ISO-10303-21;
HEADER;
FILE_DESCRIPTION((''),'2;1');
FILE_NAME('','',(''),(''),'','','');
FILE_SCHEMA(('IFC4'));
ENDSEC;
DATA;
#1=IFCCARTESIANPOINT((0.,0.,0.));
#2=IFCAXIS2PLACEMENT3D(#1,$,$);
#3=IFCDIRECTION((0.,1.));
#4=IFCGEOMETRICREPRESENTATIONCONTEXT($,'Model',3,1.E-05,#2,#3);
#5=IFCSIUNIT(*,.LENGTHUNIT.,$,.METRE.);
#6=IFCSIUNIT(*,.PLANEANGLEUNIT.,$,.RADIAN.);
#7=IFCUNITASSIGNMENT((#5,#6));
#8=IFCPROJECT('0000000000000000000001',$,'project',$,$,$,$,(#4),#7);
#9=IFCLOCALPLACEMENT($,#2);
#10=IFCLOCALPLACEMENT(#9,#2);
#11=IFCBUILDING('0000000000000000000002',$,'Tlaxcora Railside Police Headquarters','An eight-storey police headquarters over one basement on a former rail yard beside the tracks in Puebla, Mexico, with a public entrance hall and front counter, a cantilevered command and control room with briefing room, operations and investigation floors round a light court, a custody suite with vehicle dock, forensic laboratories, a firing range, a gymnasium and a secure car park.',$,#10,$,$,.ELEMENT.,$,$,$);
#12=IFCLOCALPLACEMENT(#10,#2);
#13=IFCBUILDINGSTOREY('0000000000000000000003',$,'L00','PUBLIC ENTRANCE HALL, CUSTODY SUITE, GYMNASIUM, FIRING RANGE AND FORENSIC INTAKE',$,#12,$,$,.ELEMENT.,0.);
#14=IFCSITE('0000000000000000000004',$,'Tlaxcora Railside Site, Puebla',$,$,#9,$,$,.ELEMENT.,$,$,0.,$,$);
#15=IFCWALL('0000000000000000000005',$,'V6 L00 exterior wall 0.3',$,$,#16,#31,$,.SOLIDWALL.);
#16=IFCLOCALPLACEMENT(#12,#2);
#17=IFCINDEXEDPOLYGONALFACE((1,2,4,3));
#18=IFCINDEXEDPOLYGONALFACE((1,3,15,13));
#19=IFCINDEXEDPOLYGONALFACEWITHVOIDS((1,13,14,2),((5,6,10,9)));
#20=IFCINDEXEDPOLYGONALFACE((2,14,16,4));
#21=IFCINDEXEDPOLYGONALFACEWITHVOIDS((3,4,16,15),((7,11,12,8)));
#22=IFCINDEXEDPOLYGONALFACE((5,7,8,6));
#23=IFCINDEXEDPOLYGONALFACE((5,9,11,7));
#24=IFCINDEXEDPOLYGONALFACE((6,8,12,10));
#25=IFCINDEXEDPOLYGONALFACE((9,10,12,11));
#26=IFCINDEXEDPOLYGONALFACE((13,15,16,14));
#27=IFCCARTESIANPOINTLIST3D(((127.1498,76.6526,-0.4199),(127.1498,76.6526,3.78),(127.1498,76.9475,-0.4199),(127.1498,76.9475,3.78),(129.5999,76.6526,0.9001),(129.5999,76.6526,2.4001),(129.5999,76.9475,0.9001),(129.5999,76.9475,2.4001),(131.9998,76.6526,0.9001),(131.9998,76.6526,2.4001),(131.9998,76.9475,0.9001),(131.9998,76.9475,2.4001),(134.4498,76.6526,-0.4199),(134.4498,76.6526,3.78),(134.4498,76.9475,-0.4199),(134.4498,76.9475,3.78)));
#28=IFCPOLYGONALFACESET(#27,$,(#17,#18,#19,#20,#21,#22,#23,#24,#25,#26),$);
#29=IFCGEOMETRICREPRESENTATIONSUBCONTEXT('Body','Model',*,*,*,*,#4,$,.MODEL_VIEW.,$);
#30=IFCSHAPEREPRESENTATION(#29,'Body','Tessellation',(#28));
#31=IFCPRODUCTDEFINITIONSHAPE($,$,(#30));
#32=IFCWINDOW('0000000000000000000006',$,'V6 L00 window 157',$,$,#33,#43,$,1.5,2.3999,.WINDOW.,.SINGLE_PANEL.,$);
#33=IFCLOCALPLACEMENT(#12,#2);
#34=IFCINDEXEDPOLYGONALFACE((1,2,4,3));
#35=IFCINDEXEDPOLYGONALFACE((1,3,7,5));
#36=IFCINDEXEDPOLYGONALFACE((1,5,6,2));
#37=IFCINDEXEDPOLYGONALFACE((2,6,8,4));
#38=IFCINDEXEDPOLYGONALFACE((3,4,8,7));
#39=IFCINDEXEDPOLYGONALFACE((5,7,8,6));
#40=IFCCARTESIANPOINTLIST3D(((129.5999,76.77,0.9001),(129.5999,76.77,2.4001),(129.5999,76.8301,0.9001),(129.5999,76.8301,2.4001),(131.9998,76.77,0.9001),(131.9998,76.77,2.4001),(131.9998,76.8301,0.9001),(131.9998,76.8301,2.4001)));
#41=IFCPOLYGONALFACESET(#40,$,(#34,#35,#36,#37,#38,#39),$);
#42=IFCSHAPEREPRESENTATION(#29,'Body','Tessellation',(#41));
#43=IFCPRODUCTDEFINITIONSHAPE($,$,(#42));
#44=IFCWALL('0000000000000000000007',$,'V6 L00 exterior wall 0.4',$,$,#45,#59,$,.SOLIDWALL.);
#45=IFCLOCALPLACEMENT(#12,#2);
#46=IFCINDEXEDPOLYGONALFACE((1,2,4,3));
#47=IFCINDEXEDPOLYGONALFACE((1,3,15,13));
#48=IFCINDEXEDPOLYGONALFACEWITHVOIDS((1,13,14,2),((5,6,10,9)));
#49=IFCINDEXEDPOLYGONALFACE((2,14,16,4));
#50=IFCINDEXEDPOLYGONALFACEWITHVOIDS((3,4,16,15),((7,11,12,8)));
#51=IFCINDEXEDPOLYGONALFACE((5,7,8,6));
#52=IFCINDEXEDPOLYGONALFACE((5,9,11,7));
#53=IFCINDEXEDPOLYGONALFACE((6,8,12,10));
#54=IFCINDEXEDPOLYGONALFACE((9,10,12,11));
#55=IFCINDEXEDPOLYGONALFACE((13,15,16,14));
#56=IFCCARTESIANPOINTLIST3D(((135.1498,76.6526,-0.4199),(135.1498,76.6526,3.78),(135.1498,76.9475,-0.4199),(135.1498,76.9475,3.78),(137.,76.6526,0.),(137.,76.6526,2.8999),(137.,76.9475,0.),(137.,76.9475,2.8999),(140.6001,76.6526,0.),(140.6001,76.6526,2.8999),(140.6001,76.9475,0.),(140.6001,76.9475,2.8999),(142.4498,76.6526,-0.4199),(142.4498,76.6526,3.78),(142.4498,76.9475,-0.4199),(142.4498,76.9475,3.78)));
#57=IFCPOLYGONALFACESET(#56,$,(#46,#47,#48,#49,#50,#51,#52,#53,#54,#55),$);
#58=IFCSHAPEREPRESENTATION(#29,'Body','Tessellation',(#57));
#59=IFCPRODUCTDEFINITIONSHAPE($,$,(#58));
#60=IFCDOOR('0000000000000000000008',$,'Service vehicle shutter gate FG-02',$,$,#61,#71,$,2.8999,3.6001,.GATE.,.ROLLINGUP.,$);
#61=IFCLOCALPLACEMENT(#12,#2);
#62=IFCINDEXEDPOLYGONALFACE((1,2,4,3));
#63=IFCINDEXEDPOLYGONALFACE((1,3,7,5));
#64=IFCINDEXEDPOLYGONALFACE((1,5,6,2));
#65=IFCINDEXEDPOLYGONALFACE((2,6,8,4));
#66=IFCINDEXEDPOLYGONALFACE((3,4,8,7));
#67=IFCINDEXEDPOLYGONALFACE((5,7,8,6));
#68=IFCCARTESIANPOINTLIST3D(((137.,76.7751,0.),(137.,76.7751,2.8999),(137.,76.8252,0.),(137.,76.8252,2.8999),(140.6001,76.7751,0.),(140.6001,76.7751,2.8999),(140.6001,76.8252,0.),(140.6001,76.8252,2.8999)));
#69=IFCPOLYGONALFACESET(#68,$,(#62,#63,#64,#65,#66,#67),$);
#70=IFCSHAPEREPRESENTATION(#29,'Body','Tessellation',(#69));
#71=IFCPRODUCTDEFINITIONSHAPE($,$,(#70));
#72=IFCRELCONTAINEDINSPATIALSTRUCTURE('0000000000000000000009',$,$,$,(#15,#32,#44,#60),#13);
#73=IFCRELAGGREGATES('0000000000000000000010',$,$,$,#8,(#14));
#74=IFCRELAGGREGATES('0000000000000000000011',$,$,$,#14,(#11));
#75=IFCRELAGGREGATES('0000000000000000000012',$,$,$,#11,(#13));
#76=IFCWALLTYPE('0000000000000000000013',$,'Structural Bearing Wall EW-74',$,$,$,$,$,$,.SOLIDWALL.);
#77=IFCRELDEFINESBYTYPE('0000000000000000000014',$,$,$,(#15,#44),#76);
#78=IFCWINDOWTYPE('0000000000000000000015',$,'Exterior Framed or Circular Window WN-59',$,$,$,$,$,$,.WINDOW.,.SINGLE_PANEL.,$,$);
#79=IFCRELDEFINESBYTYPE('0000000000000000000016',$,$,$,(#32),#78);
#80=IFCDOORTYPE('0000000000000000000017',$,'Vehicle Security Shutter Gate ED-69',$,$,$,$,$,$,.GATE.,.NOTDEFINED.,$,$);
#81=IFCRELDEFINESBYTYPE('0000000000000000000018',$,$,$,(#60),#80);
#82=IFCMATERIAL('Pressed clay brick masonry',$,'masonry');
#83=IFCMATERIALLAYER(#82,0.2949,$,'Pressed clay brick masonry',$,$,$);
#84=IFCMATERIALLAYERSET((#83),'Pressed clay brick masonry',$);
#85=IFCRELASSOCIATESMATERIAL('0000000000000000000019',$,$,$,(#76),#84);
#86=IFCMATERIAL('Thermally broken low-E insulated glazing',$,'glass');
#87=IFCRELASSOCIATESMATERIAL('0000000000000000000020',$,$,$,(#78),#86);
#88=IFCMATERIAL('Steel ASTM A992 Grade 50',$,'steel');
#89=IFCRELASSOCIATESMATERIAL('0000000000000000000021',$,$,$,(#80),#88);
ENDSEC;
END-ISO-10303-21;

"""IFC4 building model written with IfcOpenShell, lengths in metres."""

from ifc_helpers import new_model, si_unit, direction, frame, frame_2d, origin, place, context, subcontext, project, spatial, rectangle, extrude, material, layer, layer_set, type_object, element, fill, save


model = new_model("IFC4")

# Units and contexts
model_context = context("Model", 3, precision=1e-05, world=origin(), true_north=direction((0.0, 1.0)))
body_context = subcontext(model_context, "Body", "Model", "MODEL_VIEW")
ifc_project = project(units=[si_unit("LENGTHUNIT", "METRE"), si_unit("PLANEANGLEUNIT", "RADIAN")], contexts=[model_context])

# Site, building, storey
site_placement = place(None, origin())
site = spatial("IfcSite", under=ifc_project, at=site_placement, Name="Tlaxcora Railside Site, Puebla", CompositionType="ELEMENT", RefElevation=0.0)
building_placement = place(site_placement, origin())
building = spatial("IfcBuilding", under=site, at=building_placement, Name="Tlaxcora Railside Police Headquarters", Description="An eight-storey police headquarters over one basement on a former rail yard beside the tracks in Puebla, Mexico, with a public entrance hall and front counter, a cantilevered command and control room with briefing room, operations and investigation floors round a light court, a custody suite with vehicle dock, forensic laboratories, a firing range, a gymnasium and a secure car park.", CompositionType="ELEMENT")
storey_placement = place(building_placement, origin())
storey = spatial("IfcBuildingStorey", under=building, at=storey_placement, Name="L00", Description="PUBLIC ENTRANCE HALL, CUSTODY SUITE, GYMNASIUM, FIRING RANGE AND FORENSIC INTAKE", CompositionType="ELEMENT", Elevation=0.0)

# Shared definitions
ifc_material_1 = material(Name="Steel ASTM A992 Grade 50", Category="steel")

# Shared definitions
ifc_material_2 = material(Name="Pressed clay brick masonry", Category="masonry")
ifc_layer_1 = layer(ifc_material_2, 0.2949, Name="Pressed clay brick masonry")
ifc_layer_set_1 = layer_set([ifc_layer_1], Name="Pressed clay brick masonry")
wall_type_1 = type_object("IfcWallType", Name="Structural Bearing Wall EW-74", PredefinedType="SOLIDWALL", material=ifc_layer_set_1)

# Wall, opening, window
wall_1_placement = place(storey_placement, frame((127.1499, 76.8, -0.4199), z_axis=(0.0, 0.0, 1.0), x_axis=(1.0, 0.0, 0.0)))
wall_1 = element("IfcWall", 1, at=wall_1_placement, inside=storey, type_object=wall_type_1, Name="V6 L00 exterior wall 0.3", PredefinedType="SOLIDWALL", context=body_context, shape_type="SweptSolid", body=[
    extrude(rectangle(XDim=7.3, YDim=0.2949, at=frame_2d((3.6499, 0.0))), origin(), (0.0, 0.0, 1.0), 4.2),
])
opening_1_placement = place(wall_1_placement, frame((2.45, 0.0, 1.3201)))
opening_1 = element("IfcOpeningElement", 2, at=opening_1_placement, cuts=wall_1, PredefinedType="OPENING", context=body_context, shape_type="SweptSolid", body=[
    extrude(rectangle(XDim=2.3999, YDim=1.5, at=frame_2d((1.2, 0.75))), frame((0.0, 0.1575, 0.0), z_axis=(0.0, -1.0, 0.0), x_axis=(1.0, 0.0, 0.0)), (0.0, 0.0, 1.0), 0.3149),
])
ifc_material_3 = material(Name="Thermally broken low-E insulated glazing", Category="glass")
window_type = type_object("IfcWindowType", Name="Exterior Framed or Circular Window WN-59", PartitioningType="SINGLE_PANEL", PredefinedType="WINDOW", material=ifc_material_3)
window_placement = place(opening_1_placement, origin())
window = element("IfcWindow", 3, at=window_placement, inside=storey, type_object=window_type, Name="V6 L00 window 157", OverallHeight=1.5, OverallWidth=2.3999, PartitioningType="SINGLE_PANEL", PredefinedType="WINDOW", context=body_context, shape_type="SweptSolid", body=[
    extrude(rectangle(XDim=2.3999, YDim=1.5, at=frame_2d((1.2, 0.75))), frame((0.0, 0.03, 0.0), z_axis=(0.0, -1.0, 0.0), x_axis=(1.0, 0.0, 0.0)), (0.0, 0.0, 1.0), 0.0601),
])
fill(opening_1, window)

# Wall, opening, door
wall_2_placement = place(storey_placement, frame((135.1499, 76.8, -0.4199), z_axis=(0.0, 0.0, 1.0), x_axis=(1.0, 0.0, 0.0)))
wall_2 = element("IfcWall", 4, at=wall_2_placement, inside=storey, type_object=wall_type_1, Name="V6 L00 exterior wall 0.4", PredefinedType="SOLIDWALL", context=body_context, shape_type="SweptSolid", body=[
    extrude(rectangle(XDim=7.3, YDim=0.2949, at=frame_2d((3.6499, 0.0))), origin(), (0.0, 0.0, 1.0), 4.2),
])
opening_2_placement = place(wall_2_placement, frame((1.8501, 0.0, 0.4199)))
opening_2 = element("IfcOpeningElement", 5, at=opening_2_placement, cuts=wall_2, PredefinedType="OPENING", context=body_context, shape_type="SweptSolid", body=[
    extrude(rectangle(XDim=3.6001, YDim=2.8999, at=frame_2d((1.8, 1.45))), frame((0.0, 0.1575, 0.0), z_axis=(0.0, -1.0, 0.0), x_axis=(1.0, 0.0, 0.0)), (0.0, 0.0, 1.0), 0.3149),
])
door_type_1 = type_object("IfcDoorType", Name="Vehicle Security Shutter Gate ED-69", OperationType="NOTDEFINED", PredefinedType="GATE", material=ifc_material_1)
door_1_placement = place(opening_2_placement, frame((3.6001, 0.0, 0.0), z_axis=(0.0, 0.0, 1.0), x_axis=(-1.0, 0.0, 0.0)))
door_1 = element("IfcDoor", 6, at=door_1_placement, inside=storey, type_object=door_type_1, Name="Service vehicle shutter gate FG-02", OperationType="ROLLINGUP", OverallHeight=2.8999, OverallWidth=3.6001, PredefinedType="GATE", context=body_context, shape_type="SweptSolid", body=[
    extrude(rectangle(XDim=3.6001, YDim=2.8999, at=frame_2d((1.8, 1.45))), frame((0.0, 0.0249, 0.0), z_axis=(0.0, -1.0, 0.0), x_axis=(1.0, 0.0, 0.0)), (0.0, 0.0, 1.0), 0.05),
])
fill(opening_2, door_1)

save(model, "model.ifc")
